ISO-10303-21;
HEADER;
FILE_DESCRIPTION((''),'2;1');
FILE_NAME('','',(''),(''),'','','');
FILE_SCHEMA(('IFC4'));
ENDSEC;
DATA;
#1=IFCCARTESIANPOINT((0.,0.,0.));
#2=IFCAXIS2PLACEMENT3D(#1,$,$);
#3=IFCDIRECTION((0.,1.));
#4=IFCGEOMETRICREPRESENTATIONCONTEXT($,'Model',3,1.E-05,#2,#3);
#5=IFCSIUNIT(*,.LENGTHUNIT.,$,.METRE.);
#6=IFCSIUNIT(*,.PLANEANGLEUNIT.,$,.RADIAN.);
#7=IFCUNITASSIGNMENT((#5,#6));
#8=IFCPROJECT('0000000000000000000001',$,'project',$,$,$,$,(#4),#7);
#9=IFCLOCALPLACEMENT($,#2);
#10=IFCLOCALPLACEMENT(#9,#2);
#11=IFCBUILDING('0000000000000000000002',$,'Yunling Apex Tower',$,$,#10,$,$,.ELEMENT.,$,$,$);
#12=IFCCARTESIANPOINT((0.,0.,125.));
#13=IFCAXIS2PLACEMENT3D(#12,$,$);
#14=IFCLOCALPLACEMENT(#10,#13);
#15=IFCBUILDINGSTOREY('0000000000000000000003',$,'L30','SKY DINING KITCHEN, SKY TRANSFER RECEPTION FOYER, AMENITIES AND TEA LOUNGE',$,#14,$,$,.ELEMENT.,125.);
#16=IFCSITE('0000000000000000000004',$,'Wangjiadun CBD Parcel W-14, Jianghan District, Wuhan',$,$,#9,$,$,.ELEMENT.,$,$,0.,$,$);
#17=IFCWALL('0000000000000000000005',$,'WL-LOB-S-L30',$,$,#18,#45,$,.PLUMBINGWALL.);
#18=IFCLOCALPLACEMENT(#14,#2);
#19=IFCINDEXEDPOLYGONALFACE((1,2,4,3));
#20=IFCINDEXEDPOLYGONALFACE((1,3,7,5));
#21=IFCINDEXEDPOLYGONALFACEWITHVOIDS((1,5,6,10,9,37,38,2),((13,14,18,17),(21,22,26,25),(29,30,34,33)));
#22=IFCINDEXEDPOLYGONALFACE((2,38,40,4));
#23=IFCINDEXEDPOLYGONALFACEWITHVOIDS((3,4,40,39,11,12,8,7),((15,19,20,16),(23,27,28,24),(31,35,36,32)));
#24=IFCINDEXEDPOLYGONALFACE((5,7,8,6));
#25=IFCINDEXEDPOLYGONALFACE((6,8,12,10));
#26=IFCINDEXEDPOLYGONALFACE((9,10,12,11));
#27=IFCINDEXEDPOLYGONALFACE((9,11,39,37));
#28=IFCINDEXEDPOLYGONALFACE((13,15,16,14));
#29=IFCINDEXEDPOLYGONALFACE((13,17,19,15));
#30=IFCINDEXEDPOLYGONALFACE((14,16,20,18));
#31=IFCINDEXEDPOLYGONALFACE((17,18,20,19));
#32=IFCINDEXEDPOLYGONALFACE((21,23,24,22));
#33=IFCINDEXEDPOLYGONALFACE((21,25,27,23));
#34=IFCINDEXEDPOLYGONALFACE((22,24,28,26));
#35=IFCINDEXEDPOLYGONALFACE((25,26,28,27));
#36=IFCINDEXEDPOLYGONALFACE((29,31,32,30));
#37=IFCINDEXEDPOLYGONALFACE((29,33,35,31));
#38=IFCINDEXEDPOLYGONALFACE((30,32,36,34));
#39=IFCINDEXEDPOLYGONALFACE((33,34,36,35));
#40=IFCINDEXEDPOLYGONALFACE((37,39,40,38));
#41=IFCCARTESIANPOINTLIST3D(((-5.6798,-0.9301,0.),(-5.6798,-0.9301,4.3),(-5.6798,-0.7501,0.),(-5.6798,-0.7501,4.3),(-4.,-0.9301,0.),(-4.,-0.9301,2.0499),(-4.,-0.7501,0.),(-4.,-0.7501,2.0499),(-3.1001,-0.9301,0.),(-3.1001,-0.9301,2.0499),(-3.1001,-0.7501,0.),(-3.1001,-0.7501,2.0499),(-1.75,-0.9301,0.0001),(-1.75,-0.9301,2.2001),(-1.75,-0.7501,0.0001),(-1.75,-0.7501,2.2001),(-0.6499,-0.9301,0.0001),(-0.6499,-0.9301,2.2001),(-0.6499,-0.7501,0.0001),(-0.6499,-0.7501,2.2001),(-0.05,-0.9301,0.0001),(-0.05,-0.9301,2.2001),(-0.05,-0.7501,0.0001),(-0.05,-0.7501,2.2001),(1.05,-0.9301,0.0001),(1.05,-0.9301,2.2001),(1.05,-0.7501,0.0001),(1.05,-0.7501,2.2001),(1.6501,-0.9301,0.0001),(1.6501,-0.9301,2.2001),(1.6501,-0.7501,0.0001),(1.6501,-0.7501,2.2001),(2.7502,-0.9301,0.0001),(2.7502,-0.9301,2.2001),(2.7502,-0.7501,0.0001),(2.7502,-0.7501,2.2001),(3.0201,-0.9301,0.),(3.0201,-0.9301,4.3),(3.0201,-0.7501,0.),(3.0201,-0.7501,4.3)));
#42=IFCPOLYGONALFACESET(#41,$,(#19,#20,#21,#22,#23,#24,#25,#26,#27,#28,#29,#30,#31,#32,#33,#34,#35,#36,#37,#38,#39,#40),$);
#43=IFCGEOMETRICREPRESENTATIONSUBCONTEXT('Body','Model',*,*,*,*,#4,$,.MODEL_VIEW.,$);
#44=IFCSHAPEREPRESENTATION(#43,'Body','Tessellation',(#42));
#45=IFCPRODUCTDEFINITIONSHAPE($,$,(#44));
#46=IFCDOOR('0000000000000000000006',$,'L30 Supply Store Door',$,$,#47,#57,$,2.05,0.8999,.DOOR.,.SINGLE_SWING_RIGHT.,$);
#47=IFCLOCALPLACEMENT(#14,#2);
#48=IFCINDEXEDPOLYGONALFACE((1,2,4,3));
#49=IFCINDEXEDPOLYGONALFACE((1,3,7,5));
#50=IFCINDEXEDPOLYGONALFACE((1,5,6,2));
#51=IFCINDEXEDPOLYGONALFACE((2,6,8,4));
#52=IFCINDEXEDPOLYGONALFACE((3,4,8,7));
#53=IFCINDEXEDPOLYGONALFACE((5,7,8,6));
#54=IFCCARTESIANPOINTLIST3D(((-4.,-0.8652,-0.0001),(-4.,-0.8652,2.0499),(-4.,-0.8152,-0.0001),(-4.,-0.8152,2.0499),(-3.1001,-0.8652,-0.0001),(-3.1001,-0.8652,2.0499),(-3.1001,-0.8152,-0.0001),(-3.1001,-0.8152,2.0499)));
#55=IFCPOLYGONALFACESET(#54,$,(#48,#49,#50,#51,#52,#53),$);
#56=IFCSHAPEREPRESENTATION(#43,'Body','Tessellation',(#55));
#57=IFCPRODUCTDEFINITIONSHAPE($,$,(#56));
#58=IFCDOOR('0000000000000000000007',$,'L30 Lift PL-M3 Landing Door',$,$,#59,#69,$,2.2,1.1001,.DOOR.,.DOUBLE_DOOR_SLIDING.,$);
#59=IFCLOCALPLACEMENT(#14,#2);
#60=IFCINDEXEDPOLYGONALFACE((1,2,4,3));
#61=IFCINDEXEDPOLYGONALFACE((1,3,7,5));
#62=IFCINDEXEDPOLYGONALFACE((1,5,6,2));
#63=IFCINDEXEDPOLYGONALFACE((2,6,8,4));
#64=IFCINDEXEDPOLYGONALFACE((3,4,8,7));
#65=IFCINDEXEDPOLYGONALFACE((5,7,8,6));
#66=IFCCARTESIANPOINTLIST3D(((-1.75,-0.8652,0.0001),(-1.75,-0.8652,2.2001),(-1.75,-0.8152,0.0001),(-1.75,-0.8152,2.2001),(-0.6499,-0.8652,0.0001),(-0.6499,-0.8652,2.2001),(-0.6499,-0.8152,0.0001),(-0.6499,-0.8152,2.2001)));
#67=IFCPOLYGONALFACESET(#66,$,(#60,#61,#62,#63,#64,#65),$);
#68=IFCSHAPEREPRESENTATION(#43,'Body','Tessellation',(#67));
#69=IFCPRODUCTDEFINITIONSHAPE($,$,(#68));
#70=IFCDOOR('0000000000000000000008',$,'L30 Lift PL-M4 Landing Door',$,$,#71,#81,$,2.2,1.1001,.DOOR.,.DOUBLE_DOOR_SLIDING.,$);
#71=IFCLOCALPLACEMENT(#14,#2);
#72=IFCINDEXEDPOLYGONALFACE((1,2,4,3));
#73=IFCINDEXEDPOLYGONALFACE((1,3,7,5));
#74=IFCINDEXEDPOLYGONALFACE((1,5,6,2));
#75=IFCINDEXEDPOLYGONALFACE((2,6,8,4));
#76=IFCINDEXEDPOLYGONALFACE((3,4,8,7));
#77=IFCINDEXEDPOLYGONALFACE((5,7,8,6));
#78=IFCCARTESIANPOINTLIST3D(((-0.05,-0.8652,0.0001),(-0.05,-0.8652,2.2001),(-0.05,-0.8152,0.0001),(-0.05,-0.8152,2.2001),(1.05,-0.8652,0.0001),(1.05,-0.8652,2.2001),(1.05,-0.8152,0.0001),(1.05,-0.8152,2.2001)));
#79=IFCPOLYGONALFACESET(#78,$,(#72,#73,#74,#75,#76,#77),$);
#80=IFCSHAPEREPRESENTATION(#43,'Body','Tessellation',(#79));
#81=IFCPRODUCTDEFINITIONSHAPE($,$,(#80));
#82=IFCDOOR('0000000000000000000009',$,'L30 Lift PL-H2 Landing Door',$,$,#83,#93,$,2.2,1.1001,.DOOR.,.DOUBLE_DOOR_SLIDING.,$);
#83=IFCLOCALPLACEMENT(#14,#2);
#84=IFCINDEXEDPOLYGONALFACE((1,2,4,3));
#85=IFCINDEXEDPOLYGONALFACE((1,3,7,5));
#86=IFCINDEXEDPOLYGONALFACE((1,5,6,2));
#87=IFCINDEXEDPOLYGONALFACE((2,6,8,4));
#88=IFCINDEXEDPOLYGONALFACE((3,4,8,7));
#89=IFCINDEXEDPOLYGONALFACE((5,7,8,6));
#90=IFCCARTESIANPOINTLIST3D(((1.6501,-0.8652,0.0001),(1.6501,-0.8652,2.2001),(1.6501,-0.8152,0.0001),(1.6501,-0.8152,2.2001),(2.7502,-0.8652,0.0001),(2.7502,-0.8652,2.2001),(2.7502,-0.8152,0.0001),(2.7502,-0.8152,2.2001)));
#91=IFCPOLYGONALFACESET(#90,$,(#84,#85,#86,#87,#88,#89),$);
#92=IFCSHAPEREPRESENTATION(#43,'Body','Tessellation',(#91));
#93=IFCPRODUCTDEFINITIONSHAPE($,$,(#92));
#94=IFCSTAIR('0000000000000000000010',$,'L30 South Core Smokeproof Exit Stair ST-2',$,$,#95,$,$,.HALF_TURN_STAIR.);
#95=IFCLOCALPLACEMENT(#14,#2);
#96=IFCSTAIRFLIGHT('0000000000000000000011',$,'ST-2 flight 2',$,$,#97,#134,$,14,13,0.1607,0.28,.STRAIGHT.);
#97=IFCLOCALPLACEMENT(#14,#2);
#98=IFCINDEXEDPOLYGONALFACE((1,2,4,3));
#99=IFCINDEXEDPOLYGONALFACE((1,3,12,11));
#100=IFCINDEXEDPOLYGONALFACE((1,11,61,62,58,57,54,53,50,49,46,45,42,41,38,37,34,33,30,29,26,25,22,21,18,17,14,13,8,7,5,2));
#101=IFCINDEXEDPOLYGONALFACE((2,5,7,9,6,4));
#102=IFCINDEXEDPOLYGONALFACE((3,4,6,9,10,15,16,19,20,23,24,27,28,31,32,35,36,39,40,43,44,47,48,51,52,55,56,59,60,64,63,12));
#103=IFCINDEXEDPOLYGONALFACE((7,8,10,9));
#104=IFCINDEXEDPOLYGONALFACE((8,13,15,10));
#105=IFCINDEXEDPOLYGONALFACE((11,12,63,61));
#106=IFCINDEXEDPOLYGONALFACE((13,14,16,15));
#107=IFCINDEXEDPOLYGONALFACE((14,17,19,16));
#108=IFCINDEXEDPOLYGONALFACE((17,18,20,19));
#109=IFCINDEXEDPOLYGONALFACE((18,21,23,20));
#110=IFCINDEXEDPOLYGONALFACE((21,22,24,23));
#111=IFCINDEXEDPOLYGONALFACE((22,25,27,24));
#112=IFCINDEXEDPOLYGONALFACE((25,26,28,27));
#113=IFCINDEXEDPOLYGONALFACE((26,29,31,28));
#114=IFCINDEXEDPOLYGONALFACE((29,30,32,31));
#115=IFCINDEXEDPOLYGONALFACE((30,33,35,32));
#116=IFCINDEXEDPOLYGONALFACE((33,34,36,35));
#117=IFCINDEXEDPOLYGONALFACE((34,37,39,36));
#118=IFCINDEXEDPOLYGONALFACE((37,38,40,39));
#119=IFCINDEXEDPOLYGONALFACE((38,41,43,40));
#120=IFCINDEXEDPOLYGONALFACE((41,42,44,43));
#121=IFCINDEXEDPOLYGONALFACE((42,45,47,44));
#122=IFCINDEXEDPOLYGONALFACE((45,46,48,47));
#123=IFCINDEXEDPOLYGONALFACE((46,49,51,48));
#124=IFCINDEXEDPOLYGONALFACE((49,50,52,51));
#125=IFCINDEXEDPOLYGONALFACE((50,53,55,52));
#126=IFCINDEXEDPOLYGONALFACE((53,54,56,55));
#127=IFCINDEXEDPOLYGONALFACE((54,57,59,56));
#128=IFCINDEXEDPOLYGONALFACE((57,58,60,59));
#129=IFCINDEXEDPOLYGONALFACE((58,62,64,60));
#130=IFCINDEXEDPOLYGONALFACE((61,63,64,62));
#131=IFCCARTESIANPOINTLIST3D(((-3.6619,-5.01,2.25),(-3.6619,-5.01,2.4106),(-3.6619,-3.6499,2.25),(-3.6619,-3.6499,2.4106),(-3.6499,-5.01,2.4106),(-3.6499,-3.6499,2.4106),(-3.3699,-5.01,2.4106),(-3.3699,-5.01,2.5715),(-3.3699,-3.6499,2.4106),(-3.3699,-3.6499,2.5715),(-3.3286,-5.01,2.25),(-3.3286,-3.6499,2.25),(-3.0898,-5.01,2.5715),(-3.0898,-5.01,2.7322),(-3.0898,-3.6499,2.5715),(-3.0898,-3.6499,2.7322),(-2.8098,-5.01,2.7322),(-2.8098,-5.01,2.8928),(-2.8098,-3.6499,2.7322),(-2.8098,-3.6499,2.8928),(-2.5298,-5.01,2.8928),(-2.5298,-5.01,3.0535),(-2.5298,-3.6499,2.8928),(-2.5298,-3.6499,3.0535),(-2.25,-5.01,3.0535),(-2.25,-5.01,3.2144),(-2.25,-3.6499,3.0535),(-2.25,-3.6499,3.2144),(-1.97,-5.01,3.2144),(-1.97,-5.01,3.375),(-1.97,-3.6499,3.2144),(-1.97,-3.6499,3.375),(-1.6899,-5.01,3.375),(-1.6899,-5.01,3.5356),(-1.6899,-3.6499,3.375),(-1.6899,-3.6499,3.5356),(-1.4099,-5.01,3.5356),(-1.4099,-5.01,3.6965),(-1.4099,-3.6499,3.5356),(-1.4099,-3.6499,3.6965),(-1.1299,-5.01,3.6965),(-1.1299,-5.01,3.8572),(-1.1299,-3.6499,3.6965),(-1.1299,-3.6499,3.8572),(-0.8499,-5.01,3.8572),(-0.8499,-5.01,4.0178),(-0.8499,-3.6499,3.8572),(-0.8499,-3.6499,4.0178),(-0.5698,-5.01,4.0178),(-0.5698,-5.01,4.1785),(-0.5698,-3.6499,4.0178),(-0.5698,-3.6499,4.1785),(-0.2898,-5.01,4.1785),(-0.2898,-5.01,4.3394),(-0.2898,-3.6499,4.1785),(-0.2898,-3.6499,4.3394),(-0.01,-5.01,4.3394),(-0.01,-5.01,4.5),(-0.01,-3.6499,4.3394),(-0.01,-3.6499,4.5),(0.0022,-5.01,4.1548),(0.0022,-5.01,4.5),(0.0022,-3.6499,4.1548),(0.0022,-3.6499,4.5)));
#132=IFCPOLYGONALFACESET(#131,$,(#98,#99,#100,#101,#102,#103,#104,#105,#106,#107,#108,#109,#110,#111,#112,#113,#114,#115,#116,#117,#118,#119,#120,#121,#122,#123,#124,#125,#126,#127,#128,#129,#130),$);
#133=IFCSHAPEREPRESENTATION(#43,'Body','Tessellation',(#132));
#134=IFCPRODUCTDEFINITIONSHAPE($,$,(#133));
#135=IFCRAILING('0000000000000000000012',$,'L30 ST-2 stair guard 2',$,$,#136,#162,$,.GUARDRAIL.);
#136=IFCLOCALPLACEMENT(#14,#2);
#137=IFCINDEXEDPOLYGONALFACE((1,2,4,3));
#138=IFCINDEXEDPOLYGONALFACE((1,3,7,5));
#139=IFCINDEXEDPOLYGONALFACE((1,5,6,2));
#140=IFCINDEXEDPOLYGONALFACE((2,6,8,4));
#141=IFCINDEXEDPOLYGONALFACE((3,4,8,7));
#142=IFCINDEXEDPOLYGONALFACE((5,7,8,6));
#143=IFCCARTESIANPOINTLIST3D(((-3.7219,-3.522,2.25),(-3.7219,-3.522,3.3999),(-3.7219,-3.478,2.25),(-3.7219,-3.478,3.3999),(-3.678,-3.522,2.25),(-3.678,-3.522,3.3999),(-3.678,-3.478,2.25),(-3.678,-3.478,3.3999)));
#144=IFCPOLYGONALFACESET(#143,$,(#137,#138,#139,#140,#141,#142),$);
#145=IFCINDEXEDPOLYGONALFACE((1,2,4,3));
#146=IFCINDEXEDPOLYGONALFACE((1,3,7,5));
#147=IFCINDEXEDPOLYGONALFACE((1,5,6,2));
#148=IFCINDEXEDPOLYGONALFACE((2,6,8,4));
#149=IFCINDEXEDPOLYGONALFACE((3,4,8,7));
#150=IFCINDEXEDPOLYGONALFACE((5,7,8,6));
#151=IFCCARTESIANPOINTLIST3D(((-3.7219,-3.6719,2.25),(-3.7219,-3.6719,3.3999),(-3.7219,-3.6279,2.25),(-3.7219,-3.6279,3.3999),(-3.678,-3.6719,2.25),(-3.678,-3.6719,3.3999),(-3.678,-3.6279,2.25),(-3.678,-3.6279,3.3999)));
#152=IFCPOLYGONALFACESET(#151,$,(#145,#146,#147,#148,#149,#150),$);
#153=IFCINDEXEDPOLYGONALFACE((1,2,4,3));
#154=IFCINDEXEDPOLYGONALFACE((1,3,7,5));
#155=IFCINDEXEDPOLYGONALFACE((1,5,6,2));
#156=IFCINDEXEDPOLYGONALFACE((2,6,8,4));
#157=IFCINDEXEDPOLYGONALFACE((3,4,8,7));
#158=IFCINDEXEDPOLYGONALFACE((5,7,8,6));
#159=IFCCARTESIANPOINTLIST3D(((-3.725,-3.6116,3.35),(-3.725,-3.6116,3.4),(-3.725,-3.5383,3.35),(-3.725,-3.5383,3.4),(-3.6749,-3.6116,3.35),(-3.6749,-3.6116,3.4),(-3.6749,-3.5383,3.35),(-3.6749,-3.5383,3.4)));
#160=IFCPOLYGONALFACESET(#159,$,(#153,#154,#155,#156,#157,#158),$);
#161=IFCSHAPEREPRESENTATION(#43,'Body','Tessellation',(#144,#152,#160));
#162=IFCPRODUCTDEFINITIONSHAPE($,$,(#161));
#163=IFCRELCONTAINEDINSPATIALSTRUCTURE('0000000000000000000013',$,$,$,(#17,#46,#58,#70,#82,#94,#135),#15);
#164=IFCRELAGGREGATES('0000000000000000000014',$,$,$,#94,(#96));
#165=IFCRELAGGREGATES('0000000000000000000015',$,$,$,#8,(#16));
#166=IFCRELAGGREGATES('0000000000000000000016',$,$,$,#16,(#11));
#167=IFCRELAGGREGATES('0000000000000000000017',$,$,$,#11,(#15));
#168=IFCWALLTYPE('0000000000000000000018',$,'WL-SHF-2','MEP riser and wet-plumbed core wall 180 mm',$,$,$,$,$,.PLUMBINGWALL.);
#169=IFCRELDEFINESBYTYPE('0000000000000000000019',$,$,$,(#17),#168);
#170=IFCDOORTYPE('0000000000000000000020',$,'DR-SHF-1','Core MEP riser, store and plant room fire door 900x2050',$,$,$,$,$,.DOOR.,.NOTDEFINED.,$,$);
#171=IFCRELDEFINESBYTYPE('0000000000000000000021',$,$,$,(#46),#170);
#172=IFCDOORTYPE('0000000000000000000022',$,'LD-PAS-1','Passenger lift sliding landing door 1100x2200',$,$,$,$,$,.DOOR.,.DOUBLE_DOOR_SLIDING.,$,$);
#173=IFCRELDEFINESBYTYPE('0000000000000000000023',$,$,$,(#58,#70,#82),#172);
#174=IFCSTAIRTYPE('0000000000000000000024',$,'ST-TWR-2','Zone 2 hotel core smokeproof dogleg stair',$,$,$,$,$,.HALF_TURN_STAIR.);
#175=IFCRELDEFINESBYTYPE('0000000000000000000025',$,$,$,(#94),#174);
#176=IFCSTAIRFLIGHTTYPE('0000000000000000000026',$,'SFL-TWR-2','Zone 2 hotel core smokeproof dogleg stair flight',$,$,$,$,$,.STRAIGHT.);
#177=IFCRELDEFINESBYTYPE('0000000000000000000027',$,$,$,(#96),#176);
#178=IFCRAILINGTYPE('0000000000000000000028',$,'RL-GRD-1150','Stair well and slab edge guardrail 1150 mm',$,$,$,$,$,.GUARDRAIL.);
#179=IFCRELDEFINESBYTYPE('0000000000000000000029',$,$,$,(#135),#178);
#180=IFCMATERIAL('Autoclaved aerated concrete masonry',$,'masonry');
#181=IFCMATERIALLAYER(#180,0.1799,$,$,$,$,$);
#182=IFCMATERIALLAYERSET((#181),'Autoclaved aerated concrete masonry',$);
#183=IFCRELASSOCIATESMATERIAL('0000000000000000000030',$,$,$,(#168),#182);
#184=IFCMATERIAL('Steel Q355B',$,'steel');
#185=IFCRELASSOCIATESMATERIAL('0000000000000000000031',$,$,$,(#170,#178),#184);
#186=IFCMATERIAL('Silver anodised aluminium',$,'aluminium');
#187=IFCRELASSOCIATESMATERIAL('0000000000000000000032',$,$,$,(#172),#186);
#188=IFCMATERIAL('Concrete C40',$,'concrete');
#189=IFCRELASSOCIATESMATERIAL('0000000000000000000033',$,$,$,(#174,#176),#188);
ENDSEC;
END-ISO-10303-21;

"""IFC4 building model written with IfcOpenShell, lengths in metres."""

from ifc_helpers import new_model, si_unit, direction, frame, frame_2d, origin, origin_2d, place, context, subcontext, project, spatial, polyline, rectangle, outline, extrude, material, layer, layer_set, type_object, element, fill, aggregate, save


model = new_model("IFC4")

# Units and contexts
model_context = context("Model", 3, precision=1e-05, world=origin(), true_north=direction((0.0, 1.0)))
body_context = subcontext(model_context, "Body", "Model", "MODEL_VIEW")
ifc_project = project(units=[si_unit("LENGTHUNIT", "METRE"), si_unit("PLANEANGLEUNIT", "RADIAN")], contexts=[model_context])

# Site, building, storey
site_placement = place(None, origin())
site = spatial("IfcSite", under=ifc_project, at=site_placement, Name="Wangjiadun CBD Parcel W-14, Jianghan District, Wuhan", CompositionType="ELEMENT", RefElevation=0.0)
building_placement = place(site_placement, origin())
building = spatial("IfcBuilding", under=site, at=building_placement, Name="Yunling Apex Tower", CompositionType="ELEMENT")
storey_placement = place(building_placement, frame((0.0, 0.0, 125.0)))
storey = spatial("IfcBuildingStorey", under=building, at=storey_placement, Name="L30", Description="SKY DINING KITCHEN, SKY TRANSFER RECEPTION FOYER, AMENITIES AND TEA LOUNGE", CompositionType="ELEMENT", Elevation=125.0)

# Shared definitions
ifc_material_1 = material(Name="Steel Q355B", Category="steel")

# Shared definitions
ifc_material_2 = material(Name="Concrete C40", Category="concrete")

# Shared definitions
ifc_material_3 = material(Name="Autoclaved aerated concrete masonry", Category="masonry")

# Shared definitions
ifc_layer_1 = layer(ifc_material_3, 0.1799)
ifc_layer_set_1 = layer_set([ifc_layer_1], Name="Autoclaved aerated concrete masonry")
wall_type_1 = type_object("IfcWallType", Name="WL-SHF-2", Description="MEP riser and wet-plumbed core wall 180 mm", PredefinedType="PLUMBINGWALL", material=ifc_layer_set_1)

# Wall, openings, doors
door_type_1 = type_object("IfcDoorType", Name="DR-SHF-1", Description="Core MEP riser, store and plant room fire door 900x2050", OperationType="NOTDEFINED", PredefinedType="DOOR", material=ifc_material_1)
ifc_material_4 = material(Name="Silver anodised aluminium", Category="aluminium")
door_type_2 = type_object("IfcDoorType", Name="LD-PAS-1", Description="Passenger lift sliding landing door 1100x2200", OperationType="DOUBLE_DOOR_SLIDING", PredefinedType="DOOR", material=ifc_material_4)
wall_1_placement = place(storey_placement, frame((-5.6799, -0.8401, 0.0), z_axis=(0.0, 0.0, 1.0), x_axis=(1.0, 0.0, 0.0)))
wall_1 = element("IfcWall", 1, at=wall_1_placement, inside=storey, type_object=wall_type_1, Name="WL-LOB-S-L30", PredefinedType="PLUMBINGWALL", context=body_context, shape_type="SweptSolid", body=[
    extrude(rectangle(XDim=8.7, YDim=0.1799, at=frame_2d((4.3501, 0.0))), origin(), (0.0, 0.0, 1.0), 4.3),
])
opening_1_placement = place(wall_1_placement, frame((1.6799, 0.0, 0.0)))
opening_1 = element("IfcOpeningElement", 2, at=opening_1_placement, cuts=wall_1, PredefinedType="OPENING", context=body_context, shape_type="SweptSolid", body=[
    extrude(rectangle(XDim=0.8999, YDim=2.05, at=frame_2d((0.45, 1.0249))), frame((0.0, 0.1001, 0.0), z_axis=(0.0, -1.0, 0.0), x_axis=(1.0, 0.0, 0.0)), (0.0, 0.0, 1.0), 0.2),
])
opening_2_placement = place(wall_1_placement, frame((3.9299, 0.0, 0.0)))
opening_2 = element("IfcOpeningElement", 3, at=opening_2_placement, cuts=wall_1, PredefinedType="OPENING", context=body_context, shape_type="SweptSolid", body=[
    extrude(rectangle(XDim=1.1001, YDim=2.2, at=frame_2d((0.55, 1.1001))), frame((0.0, 0.1001, 0.0), z_axis=(0.0, -1.0, 0.0), x_axis=(1.0, 0.0, 0.0)), (0.0, 0.0, 1.0), 0.2),
])
opening_3_placement = place(wall_1_placement, frame((5.6299, 0.0, 0.0)))
opening_3 = element("IfcOpeningElement", 4, at=opening_3_placement, cuts=wall_1, PredefinedType="OPENING", context=body_context, shape_type="SweptSolid", body=[
    extrude(rectangle(XDim=1.1001, YDim=2.2, at=frame_2d((0.55, 1.1001))), frame((0.0, 0.1001, 0.0), z_axis=(0.0, -1.0, 0.0), x_axis=(1.0, 0.0, 0.0)), (0.0, 0.0, 1.0), 0.2),
])
opening_4_placement = place(wall_1_placement, frame((7.3301, 0.0, 0.0)))
opening_4 = element("IfcOpeningElement", 5, at=opening_4_placement, cuts=wall_1, PredefinedType="OPENING", context=body_context, shape_type="SweptSolid", body=[
    extrude(rectangle(XDim=1.1001, YDim=2.2, at=frame_2d((0.55, 1.1001))), frame((0.0, 0.1001, 0.0), z_axis=(0.0, -1.0, 0.0), x_axis=(1.0, 0.0, 0.0)), (0.0, 0.0, 1.0), 0.2),
])
door_1_placement = place(opening_1_placement, origin())
door_1 = element("IfcDoor", 6, at=door_1_placement, inside=storey, type_object=door_type_1, Name="L30 Supply Store Door", OperationType="SINGLE_SWING_RIGHT", OverallHeight=2.05, OverallWidth=0.8999, PredefinedType="DOOR", context=body_context, shape_type="SweptSolid", body=[
    extrude(rectangle(XDim=0.8999, YDim=2.05, at=frame_2d((0.45, 1.0249))), frame((0.0, 0.0249, 0.0), z_axis=(0.0, -1.0, 0.0), x_axis=(1.0, 0.0, 0.0)), (0.0, 0.0, 1.0), 0.05),
])
fill(opening_1, door_1)
door_2_placement = place(opening_2_placement, origin())
door_2 = element("IfcDoor", 7, at=door_2_placement, inside=storey, type_object=door_type_2, Name="L30 Lift PL-M3 Landing Door", OperationType="DOUBLE_DOOR_SLIDING", OverallHeight=2.2, OverallWidth=1.1001, PredefinedType="DOOR", context=body_context, shape_type="SweptSolid", body=[
    extrude(rectangle(XDim=1.1001, YDim=2.2, at=frame_2d((0.55, 1.1001))), frame((0.0, 0.0249, 0.0), z_axis=(0.0, -1.0, 0.0), x_axis=(1.0, 0.0, 0.0)), (0.0, 0.0, 1.0), 0.05),
])
fill(opening_2, door_2)
door_3_placement = place(opening_3_placement, origin())
door_3 = element("IfcDoor", 8, at=door_3_placement, inside=storey, type_object=door_type_2, Name="L30 Lift PL-M4 Landing Door", OperationType="DOUBLE_DOOR_SLIDING", OverallHeight=2.2, OverallWidth=1.1001, PredefinedType="DOOR", context=body_context, shape_type="SweptSolid", body=[
    extrude(rectangle(XDim=1.1001, YDim=2.2, at=frame_2d((0.55, 1.1001))), frame((0.0, 0.0249, 0.0), z_axis=(0.0, -1.0, 0.0), x_axis=(1.0, 0.0, 0.0)), (0.0, 0.0, 1.0), 0.05),
])
fill(opening_3, door_3)
door_4_placement = place(opening_4_placement, origin())
door_4 = element("IfcDoor", 9, at=door_4_placement, inside=storey, type_object=door_type_2, Name="L30 Lift PL-H2 Landing Door", OperationType="DOUBLE_DOOR_SLIDING", OverallHeight=2.2, OverallWidth=1.1001, PredefinedType="DOOR", context=body_context, shape_type="SweptSolid", body=[
    extrude(rectangle(XDim=1.1001, YDim=2.2, at=frame_2d((0.55, 1.1001))), frame((0.0, 0.0249, 0.0), z_axis=(0.0, -1.0, 0.0), x_axis=(1.0, 0.0, 0.0)), (0.0, 0.0, 1.0), 0.05),
])
fill(opening_4, door_4)

# Stair, stair flight
stair_type = type_object("IfcStairType", Name="ST-TWR-2", Description="Zone 2 hotel core smokeproof dogleg stair", PredefinedType="HALF_TURN_STAIR", material=ifc_material_2)
stair_placement = place(storey_placement, origin())
stair = element("IfcStair", 10, at=stair_placement, inside=storey, type_object=stair_type, Name="L30 South Core Smokeproof Exit Stair ST-2", PredefinedType="HALF_TURN_STAIR")
stair_flight_type = type_object("IfcStairFlightType", Name="SFL-TWR-2", Description="Zone 2 hotel core smokeproof dogleg stair flight", PredefinedType="STRAIGHT", material=ifc_material_2)
stair_flight_placement = place(storey_placement, frame((-3.6499, -4.3301, 2.25), z_axis=(0.0, 0.0, 1.0), x_axis=(1.0, 0.0, 0.0)))
stair_flight = element("IfcStairFlight", 11, at=stair_flight_placement, type_object=stair_flight_type, Name="ST-2 flight 2", NumberOfRisers=14, NumberOfTreads=13, PredefinedType="STRAIGHT", RiserHeight=0.1607, TreadLength=0.28, context=body_context, shape_type="SweptSolid", body=[
    extrude(outline(polyline([(-0.012, 0.0), (-0.012, 0.1606), (0.0, 0.1606), (0.28, 0.1606), (0.28, 0.3215), (0.5601, 0.3215), (0.5601, 0.4822), (0.8401, 0.4822), (0.8401, 0.6428), (1.1201, 0.6428), (1.1201, 0.8035), (1.3999, 0.8035), (1.3999, 0.9644), (1.6799, 0.9644), (1.6799, 1.125), (1.96, 1.125), (1.96, 1.2856), (2.24, 1.2856), (2.24, 1.4465), (2.52, 1.4465), (2.52, 1.6072), (2.8, 1.6072), (2.8, 1.7678), (3.0801, 1.7678), (3.0801, 1.9285), (3.3601, 1.9285), (3.3601, 2.0894), (3.6399, 2.0894), (3.6399, 2.25), (3.6521, 2.25), (3.6521, 1.9048), (0.3213, 0.0), (-0.012, 0.0)])), frame((0.0, 0.6802, 0.0), z_axis=(0.0, -1.0, 0.0), x_axis=(1.0, 0.0, 0.0)), (0.0, 0.0, 1.0), 1.3601),
])
aggregate(stair, [stair_flight])

# Railing
railing_type_1 = type_object("IfcRailingType", Name="RL-GRD-1150", Description="Stair well and slab edge guardrail 1150 mm", PredefinedType="GUARDRAIL", material=ifc_material_1)
railing_1_placement = place(storey_placement, frame((-3.7, -3.5, 2.25)))
element("IfcRailing", 12, at=railing_1_placement, inside=storey, type_object=railing_type_1, Name="L30 ST-2 stair guard 2", PredefinedType="GUARDRAIL", context=body_context, shape_type="SweptSolid", body=[
    extrude(rectangle(XDim=0.0439, YDim=0.0439, at=origin_2d()), origin(), (0.0, 0.0, 1.0), 1.1499),
    extrude(rectangle(XDim=0.0439, YDim=0.0439, at=origin_2d()), frame((0.0, -0.1499, 0.0)), (0.0, 0.0, 1.0), 1.1499),
    extrude(rectangle(XDim=0.05, YDim=0.05, at=origin_2d()), frame((0.0, -0.0383, 1.125), z_axis=(0.0, -1.0, 0.0), x_axis=(1.0, 0.0, 0.0)), (0.0, 0.0, 1.0), 0.0732),
])

save(model, "model.ifc")
